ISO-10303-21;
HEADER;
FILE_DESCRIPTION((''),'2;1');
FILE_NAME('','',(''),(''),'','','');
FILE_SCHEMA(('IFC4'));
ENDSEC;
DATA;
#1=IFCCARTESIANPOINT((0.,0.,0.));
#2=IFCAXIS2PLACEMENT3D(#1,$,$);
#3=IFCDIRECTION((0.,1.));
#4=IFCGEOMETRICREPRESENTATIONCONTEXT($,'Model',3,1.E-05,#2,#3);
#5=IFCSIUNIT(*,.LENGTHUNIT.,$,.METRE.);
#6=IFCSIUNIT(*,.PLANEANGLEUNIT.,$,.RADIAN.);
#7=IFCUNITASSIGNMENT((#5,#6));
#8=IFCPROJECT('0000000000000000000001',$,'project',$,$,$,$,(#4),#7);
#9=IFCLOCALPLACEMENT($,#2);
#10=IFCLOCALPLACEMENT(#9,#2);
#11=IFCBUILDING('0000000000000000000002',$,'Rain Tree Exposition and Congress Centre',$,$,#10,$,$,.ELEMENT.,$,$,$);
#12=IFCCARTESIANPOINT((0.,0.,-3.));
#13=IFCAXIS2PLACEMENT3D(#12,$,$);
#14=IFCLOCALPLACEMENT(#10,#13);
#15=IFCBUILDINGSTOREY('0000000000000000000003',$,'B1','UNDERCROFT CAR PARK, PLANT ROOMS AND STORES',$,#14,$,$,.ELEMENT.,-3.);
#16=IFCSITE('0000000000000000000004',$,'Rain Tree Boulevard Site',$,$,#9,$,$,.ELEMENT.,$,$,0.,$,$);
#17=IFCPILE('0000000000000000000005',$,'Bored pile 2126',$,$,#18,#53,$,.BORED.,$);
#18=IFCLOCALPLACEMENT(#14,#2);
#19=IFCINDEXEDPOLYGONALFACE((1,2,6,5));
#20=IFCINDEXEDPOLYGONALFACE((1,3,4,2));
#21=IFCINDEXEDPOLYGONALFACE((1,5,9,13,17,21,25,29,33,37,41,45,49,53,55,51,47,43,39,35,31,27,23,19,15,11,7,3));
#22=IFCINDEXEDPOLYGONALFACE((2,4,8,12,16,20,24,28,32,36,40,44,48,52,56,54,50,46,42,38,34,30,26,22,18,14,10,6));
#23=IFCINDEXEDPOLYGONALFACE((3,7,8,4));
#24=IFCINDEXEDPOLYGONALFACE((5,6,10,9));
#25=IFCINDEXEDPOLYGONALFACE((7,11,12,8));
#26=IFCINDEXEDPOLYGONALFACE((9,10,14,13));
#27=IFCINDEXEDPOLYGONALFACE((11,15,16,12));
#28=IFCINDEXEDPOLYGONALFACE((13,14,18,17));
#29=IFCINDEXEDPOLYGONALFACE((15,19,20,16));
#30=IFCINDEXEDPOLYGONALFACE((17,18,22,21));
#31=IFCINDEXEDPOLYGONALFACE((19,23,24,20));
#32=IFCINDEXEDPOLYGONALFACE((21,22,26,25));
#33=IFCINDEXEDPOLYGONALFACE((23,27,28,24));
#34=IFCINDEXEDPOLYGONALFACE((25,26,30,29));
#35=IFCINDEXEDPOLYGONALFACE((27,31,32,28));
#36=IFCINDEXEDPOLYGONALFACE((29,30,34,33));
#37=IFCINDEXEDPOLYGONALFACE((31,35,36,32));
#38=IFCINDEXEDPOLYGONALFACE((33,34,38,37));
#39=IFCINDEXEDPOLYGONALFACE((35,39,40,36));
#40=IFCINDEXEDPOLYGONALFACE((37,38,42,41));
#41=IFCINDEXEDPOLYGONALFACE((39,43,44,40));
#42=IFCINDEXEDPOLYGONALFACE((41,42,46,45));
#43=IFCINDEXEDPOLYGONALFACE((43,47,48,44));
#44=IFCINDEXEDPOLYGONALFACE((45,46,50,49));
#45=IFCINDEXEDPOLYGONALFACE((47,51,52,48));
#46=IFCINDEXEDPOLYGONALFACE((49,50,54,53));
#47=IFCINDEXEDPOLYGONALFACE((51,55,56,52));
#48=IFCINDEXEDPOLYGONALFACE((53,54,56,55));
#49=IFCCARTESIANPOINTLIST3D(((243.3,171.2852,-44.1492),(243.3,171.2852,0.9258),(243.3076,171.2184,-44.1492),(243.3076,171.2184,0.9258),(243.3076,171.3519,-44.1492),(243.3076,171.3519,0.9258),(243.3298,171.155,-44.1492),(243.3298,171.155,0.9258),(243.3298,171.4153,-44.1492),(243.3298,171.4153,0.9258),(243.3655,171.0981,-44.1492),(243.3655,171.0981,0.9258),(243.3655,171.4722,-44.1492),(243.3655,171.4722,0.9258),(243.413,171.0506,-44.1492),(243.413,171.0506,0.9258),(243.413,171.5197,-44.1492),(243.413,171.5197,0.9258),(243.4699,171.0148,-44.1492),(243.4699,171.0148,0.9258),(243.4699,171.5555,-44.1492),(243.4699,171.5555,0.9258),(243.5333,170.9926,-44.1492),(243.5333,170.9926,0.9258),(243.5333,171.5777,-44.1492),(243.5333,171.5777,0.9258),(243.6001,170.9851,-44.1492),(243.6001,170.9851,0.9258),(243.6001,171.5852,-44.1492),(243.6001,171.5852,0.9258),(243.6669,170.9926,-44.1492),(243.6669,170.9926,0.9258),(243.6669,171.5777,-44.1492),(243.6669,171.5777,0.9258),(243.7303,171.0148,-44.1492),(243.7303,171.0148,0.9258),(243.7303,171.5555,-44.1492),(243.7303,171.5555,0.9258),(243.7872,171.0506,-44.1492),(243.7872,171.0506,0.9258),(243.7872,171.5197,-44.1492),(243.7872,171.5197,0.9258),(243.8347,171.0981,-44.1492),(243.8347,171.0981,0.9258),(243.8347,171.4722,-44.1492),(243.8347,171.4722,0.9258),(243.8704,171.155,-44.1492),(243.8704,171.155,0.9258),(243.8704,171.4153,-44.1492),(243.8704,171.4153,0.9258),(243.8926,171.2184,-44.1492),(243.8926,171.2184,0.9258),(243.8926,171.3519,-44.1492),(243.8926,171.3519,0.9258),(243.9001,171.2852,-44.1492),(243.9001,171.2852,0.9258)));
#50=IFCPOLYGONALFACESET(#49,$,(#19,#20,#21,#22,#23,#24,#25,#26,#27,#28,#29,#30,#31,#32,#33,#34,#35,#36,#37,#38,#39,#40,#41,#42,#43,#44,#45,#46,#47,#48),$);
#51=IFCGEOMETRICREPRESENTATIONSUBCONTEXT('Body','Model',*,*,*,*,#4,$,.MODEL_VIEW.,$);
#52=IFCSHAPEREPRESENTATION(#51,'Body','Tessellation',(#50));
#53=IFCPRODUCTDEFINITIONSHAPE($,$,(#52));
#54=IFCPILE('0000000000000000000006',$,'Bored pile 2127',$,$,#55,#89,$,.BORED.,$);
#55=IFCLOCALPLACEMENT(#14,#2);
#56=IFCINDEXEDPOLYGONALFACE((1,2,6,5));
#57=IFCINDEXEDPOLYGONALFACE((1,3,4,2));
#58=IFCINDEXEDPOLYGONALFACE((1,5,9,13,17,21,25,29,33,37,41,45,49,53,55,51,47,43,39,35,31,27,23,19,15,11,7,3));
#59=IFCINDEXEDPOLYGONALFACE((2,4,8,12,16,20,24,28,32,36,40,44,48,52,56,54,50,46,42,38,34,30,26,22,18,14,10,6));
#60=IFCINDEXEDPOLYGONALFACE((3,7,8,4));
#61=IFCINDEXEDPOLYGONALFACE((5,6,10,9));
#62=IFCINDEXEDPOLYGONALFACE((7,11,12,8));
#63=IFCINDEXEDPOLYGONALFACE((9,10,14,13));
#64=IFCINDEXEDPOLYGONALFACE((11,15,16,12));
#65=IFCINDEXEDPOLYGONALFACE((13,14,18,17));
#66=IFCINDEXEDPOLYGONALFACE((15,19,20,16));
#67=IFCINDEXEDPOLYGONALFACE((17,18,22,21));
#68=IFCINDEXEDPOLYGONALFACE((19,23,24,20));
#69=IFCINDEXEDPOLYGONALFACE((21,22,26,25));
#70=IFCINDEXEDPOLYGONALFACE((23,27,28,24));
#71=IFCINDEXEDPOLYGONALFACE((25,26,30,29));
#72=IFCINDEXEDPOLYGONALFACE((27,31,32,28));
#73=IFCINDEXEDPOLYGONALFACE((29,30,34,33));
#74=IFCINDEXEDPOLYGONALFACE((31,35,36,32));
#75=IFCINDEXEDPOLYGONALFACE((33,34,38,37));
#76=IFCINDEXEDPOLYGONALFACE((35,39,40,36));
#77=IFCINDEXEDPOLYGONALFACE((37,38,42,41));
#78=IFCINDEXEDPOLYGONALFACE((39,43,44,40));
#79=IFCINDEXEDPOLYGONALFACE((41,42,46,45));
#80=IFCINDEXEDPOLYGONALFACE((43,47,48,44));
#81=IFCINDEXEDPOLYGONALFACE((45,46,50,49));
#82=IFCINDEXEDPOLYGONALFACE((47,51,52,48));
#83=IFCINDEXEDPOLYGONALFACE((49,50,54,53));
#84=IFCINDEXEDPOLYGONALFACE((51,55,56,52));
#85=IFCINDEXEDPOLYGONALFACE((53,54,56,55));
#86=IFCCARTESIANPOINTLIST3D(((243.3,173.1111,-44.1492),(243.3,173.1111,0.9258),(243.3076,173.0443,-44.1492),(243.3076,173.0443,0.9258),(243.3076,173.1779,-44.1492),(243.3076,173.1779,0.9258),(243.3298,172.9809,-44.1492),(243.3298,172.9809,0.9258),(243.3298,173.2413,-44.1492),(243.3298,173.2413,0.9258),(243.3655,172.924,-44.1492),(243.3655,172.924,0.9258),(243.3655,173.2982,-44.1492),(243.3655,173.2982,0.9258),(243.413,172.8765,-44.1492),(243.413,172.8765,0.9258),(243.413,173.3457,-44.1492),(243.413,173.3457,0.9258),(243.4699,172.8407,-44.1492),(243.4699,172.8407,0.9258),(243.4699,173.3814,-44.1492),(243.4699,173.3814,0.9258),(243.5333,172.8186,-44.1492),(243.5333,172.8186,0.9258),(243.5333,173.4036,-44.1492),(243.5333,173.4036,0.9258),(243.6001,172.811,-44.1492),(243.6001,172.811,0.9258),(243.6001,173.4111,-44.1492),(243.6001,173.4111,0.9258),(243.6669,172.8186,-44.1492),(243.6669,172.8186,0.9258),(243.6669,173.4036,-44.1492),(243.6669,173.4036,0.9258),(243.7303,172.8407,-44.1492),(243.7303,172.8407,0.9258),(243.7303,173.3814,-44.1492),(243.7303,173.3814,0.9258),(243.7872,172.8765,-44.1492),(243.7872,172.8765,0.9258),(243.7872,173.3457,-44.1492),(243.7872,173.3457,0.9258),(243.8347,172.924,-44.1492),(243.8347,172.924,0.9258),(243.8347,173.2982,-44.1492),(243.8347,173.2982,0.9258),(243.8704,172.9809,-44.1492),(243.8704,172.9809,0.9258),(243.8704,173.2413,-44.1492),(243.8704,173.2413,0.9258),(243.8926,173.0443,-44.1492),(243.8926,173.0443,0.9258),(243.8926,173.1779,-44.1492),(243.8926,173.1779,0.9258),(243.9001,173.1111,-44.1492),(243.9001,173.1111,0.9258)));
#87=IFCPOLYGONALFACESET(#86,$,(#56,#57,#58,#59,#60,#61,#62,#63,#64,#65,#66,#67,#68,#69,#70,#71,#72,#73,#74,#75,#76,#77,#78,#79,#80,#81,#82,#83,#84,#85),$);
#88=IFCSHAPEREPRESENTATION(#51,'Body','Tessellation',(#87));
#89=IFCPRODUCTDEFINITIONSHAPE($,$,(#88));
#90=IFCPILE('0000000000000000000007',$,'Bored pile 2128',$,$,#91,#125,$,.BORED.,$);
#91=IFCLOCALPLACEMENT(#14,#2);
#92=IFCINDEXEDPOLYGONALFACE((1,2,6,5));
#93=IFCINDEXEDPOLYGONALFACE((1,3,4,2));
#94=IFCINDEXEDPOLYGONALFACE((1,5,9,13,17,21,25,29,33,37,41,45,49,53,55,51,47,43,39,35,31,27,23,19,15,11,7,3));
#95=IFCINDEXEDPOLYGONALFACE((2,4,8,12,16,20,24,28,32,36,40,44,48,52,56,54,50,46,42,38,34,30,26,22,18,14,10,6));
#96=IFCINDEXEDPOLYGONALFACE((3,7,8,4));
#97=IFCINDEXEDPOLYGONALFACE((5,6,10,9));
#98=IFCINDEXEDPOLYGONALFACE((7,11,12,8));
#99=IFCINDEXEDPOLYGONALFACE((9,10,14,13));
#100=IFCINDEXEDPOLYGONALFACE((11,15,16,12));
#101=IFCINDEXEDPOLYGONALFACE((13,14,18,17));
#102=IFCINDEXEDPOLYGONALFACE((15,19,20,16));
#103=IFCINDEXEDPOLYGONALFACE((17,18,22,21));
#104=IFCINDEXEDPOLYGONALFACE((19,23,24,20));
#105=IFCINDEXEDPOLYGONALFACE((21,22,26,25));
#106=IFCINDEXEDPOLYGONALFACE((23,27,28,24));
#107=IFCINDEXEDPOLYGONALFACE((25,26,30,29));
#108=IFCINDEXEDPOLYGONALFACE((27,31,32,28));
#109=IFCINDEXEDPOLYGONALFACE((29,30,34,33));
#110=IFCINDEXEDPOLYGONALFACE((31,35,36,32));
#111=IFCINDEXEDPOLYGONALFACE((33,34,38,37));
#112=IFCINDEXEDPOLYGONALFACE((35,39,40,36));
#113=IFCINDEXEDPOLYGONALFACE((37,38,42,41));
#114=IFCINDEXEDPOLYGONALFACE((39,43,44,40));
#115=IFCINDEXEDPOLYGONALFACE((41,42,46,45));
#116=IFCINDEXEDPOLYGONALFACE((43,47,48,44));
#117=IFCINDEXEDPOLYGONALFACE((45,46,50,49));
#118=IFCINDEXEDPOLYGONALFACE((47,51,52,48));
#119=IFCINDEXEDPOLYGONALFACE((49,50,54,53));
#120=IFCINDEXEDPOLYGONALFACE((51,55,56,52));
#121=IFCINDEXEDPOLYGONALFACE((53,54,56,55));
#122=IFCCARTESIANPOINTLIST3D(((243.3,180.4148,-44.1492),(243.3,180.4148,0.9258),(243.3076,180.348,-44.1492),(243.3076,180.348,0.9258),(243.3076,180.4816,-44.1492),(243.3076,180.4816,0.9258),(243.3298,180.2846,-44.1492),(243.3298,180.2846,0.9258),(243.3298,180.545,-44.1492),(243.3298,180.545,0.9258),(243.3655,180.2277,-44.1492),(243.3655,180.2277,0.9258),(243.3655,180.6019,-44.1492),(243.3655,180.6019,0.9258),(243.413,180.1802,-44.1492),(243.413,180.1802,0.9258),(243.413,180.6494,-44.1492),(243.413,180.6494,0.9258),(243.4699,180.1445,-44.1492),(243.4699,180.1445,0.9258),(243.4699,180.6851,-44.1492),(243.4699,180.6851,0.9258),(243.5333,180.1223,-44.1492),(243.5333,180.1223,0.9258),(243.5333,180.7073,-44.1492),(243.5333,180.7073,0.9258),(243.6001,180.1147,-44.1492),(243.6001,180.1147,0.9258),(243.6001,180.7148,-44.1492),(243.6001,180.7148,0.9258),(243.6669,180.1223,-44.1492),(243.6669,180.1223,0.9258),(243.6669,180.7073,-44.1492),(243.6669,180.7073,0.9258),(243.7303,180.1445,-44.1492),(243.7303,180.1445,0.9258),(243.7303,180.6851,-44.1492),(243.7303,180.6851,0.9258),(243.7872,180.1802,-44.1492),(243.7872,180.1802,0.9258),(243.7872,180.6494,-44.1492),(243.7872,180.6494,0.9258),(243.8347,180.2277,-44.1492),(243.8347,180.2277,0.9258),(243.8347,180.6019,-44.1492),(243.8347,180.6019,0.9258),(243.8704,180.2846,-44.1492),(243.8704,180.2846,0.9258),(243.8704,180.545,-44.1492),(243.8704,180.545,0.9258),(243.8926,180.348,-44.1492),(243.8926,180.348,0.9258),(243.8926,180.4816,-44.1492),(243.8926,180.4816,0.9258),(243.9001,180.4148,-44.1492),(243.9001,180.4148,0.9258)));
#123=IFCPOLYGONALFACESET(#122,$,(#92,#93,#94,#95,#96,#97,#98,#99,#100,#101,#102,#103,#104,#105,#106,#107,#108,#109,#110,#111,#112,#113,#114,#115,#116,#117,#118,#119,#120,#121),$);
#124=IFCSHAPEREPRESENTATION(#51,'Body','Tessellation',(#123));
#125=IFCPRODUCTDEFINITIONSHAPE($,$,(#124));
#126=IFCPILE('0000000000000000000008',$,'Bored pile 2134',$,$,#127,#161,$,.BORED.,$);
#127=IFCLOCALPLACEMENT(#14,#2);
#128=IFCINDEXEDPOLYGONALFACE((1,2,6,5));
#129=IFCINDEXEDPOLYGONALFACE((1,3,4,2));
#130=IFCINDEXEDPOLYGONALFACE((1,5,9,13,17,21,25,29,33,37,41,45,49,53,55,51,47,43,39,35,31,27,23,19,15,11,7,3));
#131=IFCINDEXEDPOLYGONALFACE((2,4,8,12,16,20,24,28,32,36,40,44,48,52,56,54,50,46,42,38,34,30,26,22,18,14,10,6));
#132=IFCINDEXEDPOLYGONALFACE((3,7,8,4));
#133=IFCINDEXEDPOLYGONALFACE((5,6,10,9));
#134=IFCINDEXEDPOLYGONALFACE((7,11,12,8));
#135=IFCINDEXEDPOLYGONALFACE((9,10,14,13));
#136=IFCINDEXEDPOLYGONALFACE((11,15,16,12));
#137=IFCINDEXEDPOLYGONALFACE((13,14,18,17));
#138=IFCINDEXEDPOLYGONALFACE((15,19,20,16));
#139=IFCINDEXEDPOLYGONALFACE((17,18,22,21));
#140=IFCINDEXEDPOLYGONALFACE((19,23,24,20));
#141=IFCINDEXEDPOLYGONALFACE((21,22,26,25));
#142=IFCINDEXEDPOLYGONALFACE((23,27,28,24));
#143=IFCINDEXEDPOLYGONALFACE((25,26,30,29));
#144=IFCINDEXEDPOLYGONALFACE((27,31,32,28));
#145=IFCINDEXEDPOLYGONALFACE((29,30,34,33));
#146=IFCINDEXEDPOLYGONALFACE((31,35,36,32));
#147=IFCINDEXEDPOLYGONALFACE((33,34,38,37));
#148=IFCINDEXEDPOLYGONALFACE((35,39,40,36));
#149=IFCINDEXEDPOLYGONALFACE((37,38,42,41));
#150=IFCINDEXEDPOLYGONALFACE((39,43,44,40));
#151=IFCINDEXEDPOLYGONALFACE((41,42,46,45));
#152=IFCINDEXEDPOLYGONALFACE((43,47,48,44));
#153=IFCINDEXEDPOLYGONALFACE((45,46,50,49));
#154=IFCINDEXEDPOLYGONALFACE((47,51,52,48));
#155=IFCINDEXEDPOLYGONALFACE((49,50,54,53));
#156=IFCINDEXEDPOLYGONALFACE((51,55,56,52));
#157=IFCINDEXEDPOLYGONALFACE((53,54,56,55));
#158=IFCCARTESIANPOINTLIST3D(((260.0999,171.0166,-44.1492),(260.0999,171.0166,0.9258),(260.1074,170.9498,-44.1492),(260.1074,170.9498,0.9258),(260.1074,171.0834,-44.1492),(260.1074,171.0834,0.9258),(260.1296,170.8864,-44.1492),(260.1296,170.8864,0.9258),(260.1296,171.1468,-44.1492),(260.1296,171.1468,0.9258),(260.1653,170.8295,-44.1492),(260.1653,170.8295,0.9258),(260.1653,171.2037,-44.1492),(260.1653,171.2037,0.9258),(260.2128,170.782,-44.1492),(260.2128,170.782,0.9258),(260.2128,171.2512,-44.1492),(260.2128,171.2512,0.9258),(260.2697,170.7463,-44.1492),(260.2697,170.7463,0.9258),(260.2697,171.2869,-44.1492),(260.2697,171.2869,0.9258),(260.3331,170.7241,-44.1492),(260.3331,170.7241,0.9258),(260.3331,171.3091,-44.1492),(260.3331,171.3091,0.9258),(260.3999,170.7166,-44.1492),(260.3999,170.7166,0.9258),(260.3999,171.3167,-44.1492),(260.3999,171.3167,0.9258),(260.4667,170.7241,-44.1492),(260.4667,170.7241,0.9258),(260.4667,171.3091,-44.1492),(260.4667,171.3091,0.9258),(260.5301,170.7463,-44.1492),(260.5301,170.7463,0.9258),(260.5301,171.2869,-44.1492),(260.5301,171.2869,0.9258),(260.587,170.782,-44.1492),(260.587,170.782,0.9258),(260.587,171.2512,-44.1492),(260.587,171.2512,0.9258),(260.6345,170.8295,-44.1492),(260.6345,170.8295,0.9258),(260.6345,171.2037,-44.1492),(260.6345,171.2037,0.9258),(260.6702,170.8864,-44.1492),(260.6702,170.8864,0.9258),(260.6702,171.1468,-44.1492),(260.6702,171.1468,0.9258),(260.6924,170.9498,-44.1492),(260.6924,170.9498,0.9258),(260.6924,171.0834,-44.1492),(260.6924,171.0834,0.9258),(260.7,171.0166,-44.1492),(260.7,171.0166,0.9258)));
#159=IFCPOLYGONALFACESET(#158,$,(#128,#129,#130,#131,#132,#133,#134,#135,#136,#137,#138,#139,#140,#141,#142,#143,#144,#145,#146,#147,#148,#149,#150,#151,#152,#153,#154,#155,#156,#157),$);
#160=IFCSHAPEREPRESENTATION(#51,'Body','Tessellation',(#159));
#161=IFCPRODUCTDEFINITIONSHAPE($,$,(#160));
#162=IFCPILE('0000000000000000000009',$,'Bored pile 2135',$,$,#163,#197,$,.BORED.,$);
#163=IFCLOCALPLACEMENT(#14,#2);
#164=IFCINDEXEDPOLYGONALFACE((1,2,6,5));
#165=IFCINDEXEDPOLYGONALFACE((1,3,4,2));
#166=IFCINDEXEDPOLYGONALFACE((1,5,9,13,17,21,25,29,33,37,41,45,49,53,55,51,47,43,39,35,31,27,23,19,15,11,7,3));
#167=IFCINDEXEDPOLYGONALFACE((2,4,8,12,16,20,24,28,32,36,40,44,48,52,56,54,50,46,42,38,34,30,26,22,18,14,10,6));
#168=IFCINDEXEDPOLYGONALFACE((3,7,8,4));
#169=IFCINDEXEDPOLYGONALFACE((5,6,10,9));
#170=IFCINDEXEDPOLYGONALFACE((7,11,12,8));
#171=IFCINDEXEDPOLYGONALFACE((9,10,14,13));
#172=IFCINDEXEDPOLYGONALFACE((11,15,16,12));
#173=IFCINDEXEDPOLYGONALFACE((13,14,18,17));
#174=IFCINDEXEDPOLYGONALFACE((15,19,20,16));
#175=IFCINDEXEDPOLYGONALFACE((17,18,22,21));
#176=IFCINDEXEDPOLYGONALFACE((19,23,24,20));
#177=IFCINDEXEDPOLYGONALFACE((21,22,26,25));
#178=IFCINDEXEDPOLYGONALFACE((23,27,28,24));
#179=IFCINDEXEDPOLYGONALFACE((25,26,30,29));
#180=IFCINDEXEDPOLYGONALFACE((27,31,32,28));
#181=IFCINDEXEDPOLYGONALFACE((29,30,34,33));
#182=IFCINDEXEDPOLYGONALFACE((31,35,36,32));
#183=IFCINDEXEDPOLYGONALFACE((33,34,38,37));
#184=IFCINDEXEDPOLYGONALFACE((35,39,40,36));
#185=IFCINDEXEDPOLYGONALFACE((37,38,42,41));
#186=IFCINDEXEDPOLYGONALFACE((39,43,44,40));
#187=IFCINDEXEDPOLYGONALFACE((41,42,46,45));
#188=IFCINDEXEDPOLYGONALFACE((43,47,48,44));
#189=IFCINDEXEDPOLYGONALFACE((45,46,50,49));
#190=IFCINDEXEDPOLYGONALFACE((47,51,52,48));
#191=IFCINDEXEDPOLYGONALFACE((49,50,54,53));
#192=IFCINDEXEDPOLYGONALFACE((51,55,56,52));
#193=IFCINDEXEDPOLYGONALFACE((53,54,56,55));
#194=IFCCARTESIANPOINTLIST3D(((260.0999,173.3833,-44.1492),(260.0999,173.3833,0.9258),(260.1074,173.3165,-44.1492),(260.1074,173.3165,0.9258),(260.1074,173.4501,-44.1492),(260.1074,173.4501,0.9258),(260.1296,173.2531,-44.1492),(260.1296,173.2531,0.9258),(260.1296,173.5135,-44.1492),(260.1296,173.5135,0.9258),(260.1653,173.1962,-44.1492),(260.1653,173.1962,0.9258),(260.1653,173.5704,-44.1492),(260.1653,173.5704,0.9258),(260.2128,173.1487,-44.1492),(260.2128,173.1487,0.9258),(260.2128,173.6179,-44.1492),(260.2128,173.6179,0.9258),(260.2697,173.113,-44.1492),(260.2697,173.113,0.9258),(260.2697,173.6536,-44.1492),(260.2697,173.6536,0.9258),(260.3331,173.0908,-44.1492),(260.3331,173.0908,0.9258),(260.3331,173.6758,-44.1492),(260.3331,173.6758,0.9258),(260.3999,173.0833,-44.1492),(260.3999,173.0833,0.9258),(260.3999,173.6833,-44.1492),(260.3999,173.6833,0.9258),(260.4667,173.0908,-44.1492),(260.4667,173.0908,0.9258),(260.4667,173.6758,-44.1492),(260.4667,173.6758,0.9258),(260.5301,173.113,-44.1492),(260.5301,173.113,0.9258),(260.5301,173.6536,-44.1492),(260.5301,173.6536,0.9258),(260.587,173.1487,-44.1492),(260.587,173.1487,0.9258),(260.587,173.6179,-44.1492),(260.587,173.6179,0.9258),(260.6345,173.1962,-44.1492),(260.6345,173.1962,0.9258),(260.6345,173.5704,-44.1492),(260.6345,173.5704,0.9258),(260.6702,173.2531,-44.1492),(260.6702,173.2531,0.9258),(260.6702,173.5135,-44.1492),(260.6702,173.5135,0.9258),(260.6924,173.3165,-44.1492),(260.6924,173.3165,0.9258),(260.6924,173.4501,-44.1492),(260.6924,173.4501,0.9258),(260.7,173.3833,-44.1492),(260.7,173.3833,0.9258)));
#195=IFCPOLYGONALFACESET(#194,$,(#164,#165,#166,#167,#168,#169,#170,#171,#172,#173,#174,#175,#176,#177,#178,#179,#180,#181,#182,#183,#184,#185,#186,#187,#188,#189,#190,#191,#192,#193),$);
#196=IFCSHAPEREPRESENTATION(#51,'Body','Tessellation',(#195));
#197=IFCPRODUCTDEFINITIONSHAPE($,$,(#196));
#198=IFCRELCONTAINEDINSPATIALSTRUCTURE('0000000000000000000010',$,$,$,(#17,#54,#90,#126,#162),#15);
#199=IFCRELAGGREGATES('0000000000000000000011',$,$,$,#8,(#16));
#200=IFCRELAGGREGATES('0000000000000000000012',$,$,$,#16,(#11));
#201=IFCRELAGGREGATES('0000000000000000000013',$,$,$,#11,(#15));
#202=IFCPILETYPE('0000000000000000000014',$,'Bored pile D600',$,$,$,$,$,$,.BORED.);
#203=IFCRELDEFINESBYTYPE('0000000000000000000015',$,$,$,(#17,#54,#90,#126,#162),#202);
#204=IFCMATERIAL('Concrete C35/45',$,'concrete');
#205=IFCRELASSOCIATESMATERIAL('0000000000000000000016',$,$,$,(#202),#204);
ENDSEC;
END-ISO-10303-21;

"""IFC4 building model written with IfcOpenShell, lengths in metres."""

from ifc_helpers import new_model, si_unit, direction, frame, origin, origin_2d, place, context, subcontext, project, spatial, circle, extrude, material, material_profile, profile_set, type_object, element, save


model = new_model("IFC4")

# Units and contexts
model_context = context("Model", 3, precision=1e-05, world=origin(), true_north=direction((0.0, 1.0)))
body_context = subcontext(model_context, "Body", "Model", "MODEL_VIEW")
ifc_project = project(units=[si_unit("LENGTHUNIT", "METRE"), si_unit("PLANEANGLEUNIT", "RADIAN")], contexts=[model_context])

# Site, building, storey
site_placement = place(None, origin())
site = spatial("IfcSite", under=ifc_project, at=site_placement, Name="Rain Tree Boulevard Site", CompositionType="ELEMENT", RefElevation=0.0)
building_placement = place(site_placement, origin())
building = spatial("IfcBuilding", under=site, at=building_placement, Name="Rain Tree Exposition and Congress Centre", CompositionType="ELEMENT")
storey_placement = place(building_placement, frame((0.0, 0.0, -3.0)))
storey = spatial("IfcBuildingStorey", under=building, at=storey_placement, Name="B1", Description="UNDERCROFT CAR PARK, PLANT ROOMS AND STORES", CompositionType="ELEMENT", Elevation=-3.0)

# Piles
ifc_material_1 = material(Name="Concrete C35/45", Category="concrete")
ifc_material_profile_1 = material_profile(ifc_material_1, circle(Radius=0.3, at=origin_2d()), Name="D600")
ifc_profile_set_1 = profile_set([ifc_material_profile_1], Name="Concrete C35/45")
pile_type_1 = type_object("IfcPileType", Name="Bored pile D600", PredefinedType="BORED", material=ifc_profile_set_1)
for number, where, z_axis, x_axis, name in (
    (1, (243.6001, 171.2852, 0.9258), (0.0, 0.0, -1.0), (1.0, 0.0, 0.0), "Bored pile 2126"),
    (2, (243.6001, 173.1111, 0.9258), (0.0, 0.0, -1.0), (1.0, 0.0, 0.0), "Bored pile 2127"),
    (3, (243.6001, 180.4148, 0.9258), (0.0, 0.0, -1.0), (1.0, 0.0, 0.0), "Bored pile 2128"),
    (4, (260.3999, 171.0166, 0.9258), (0.0, 0.0, -1.0), (1.0, 0.0, 0.0), "Bored pile 2134"),
    (5, (260.3999, 173.3833, 0.9258), (0.0, 0.0, -1.0), (1.0, 0.0, 0.0), "Bored pile 2135"),
):
    element("IfcPile", number, at=place(storey_placement, frame(where, z_axis=z_axis, x_axis=x_axis)), inside=storey, type_object=pile_type_1, Name=name, PredefinedType="BORED", context=body_context, shape_type="SweptSolid", body=[
        extrude(circle(Radius=0.3, at=origin_2d()), origin(), (0.0, 0.0, 1.0), 45.075),
    ])

save(model, "model.ifc")
